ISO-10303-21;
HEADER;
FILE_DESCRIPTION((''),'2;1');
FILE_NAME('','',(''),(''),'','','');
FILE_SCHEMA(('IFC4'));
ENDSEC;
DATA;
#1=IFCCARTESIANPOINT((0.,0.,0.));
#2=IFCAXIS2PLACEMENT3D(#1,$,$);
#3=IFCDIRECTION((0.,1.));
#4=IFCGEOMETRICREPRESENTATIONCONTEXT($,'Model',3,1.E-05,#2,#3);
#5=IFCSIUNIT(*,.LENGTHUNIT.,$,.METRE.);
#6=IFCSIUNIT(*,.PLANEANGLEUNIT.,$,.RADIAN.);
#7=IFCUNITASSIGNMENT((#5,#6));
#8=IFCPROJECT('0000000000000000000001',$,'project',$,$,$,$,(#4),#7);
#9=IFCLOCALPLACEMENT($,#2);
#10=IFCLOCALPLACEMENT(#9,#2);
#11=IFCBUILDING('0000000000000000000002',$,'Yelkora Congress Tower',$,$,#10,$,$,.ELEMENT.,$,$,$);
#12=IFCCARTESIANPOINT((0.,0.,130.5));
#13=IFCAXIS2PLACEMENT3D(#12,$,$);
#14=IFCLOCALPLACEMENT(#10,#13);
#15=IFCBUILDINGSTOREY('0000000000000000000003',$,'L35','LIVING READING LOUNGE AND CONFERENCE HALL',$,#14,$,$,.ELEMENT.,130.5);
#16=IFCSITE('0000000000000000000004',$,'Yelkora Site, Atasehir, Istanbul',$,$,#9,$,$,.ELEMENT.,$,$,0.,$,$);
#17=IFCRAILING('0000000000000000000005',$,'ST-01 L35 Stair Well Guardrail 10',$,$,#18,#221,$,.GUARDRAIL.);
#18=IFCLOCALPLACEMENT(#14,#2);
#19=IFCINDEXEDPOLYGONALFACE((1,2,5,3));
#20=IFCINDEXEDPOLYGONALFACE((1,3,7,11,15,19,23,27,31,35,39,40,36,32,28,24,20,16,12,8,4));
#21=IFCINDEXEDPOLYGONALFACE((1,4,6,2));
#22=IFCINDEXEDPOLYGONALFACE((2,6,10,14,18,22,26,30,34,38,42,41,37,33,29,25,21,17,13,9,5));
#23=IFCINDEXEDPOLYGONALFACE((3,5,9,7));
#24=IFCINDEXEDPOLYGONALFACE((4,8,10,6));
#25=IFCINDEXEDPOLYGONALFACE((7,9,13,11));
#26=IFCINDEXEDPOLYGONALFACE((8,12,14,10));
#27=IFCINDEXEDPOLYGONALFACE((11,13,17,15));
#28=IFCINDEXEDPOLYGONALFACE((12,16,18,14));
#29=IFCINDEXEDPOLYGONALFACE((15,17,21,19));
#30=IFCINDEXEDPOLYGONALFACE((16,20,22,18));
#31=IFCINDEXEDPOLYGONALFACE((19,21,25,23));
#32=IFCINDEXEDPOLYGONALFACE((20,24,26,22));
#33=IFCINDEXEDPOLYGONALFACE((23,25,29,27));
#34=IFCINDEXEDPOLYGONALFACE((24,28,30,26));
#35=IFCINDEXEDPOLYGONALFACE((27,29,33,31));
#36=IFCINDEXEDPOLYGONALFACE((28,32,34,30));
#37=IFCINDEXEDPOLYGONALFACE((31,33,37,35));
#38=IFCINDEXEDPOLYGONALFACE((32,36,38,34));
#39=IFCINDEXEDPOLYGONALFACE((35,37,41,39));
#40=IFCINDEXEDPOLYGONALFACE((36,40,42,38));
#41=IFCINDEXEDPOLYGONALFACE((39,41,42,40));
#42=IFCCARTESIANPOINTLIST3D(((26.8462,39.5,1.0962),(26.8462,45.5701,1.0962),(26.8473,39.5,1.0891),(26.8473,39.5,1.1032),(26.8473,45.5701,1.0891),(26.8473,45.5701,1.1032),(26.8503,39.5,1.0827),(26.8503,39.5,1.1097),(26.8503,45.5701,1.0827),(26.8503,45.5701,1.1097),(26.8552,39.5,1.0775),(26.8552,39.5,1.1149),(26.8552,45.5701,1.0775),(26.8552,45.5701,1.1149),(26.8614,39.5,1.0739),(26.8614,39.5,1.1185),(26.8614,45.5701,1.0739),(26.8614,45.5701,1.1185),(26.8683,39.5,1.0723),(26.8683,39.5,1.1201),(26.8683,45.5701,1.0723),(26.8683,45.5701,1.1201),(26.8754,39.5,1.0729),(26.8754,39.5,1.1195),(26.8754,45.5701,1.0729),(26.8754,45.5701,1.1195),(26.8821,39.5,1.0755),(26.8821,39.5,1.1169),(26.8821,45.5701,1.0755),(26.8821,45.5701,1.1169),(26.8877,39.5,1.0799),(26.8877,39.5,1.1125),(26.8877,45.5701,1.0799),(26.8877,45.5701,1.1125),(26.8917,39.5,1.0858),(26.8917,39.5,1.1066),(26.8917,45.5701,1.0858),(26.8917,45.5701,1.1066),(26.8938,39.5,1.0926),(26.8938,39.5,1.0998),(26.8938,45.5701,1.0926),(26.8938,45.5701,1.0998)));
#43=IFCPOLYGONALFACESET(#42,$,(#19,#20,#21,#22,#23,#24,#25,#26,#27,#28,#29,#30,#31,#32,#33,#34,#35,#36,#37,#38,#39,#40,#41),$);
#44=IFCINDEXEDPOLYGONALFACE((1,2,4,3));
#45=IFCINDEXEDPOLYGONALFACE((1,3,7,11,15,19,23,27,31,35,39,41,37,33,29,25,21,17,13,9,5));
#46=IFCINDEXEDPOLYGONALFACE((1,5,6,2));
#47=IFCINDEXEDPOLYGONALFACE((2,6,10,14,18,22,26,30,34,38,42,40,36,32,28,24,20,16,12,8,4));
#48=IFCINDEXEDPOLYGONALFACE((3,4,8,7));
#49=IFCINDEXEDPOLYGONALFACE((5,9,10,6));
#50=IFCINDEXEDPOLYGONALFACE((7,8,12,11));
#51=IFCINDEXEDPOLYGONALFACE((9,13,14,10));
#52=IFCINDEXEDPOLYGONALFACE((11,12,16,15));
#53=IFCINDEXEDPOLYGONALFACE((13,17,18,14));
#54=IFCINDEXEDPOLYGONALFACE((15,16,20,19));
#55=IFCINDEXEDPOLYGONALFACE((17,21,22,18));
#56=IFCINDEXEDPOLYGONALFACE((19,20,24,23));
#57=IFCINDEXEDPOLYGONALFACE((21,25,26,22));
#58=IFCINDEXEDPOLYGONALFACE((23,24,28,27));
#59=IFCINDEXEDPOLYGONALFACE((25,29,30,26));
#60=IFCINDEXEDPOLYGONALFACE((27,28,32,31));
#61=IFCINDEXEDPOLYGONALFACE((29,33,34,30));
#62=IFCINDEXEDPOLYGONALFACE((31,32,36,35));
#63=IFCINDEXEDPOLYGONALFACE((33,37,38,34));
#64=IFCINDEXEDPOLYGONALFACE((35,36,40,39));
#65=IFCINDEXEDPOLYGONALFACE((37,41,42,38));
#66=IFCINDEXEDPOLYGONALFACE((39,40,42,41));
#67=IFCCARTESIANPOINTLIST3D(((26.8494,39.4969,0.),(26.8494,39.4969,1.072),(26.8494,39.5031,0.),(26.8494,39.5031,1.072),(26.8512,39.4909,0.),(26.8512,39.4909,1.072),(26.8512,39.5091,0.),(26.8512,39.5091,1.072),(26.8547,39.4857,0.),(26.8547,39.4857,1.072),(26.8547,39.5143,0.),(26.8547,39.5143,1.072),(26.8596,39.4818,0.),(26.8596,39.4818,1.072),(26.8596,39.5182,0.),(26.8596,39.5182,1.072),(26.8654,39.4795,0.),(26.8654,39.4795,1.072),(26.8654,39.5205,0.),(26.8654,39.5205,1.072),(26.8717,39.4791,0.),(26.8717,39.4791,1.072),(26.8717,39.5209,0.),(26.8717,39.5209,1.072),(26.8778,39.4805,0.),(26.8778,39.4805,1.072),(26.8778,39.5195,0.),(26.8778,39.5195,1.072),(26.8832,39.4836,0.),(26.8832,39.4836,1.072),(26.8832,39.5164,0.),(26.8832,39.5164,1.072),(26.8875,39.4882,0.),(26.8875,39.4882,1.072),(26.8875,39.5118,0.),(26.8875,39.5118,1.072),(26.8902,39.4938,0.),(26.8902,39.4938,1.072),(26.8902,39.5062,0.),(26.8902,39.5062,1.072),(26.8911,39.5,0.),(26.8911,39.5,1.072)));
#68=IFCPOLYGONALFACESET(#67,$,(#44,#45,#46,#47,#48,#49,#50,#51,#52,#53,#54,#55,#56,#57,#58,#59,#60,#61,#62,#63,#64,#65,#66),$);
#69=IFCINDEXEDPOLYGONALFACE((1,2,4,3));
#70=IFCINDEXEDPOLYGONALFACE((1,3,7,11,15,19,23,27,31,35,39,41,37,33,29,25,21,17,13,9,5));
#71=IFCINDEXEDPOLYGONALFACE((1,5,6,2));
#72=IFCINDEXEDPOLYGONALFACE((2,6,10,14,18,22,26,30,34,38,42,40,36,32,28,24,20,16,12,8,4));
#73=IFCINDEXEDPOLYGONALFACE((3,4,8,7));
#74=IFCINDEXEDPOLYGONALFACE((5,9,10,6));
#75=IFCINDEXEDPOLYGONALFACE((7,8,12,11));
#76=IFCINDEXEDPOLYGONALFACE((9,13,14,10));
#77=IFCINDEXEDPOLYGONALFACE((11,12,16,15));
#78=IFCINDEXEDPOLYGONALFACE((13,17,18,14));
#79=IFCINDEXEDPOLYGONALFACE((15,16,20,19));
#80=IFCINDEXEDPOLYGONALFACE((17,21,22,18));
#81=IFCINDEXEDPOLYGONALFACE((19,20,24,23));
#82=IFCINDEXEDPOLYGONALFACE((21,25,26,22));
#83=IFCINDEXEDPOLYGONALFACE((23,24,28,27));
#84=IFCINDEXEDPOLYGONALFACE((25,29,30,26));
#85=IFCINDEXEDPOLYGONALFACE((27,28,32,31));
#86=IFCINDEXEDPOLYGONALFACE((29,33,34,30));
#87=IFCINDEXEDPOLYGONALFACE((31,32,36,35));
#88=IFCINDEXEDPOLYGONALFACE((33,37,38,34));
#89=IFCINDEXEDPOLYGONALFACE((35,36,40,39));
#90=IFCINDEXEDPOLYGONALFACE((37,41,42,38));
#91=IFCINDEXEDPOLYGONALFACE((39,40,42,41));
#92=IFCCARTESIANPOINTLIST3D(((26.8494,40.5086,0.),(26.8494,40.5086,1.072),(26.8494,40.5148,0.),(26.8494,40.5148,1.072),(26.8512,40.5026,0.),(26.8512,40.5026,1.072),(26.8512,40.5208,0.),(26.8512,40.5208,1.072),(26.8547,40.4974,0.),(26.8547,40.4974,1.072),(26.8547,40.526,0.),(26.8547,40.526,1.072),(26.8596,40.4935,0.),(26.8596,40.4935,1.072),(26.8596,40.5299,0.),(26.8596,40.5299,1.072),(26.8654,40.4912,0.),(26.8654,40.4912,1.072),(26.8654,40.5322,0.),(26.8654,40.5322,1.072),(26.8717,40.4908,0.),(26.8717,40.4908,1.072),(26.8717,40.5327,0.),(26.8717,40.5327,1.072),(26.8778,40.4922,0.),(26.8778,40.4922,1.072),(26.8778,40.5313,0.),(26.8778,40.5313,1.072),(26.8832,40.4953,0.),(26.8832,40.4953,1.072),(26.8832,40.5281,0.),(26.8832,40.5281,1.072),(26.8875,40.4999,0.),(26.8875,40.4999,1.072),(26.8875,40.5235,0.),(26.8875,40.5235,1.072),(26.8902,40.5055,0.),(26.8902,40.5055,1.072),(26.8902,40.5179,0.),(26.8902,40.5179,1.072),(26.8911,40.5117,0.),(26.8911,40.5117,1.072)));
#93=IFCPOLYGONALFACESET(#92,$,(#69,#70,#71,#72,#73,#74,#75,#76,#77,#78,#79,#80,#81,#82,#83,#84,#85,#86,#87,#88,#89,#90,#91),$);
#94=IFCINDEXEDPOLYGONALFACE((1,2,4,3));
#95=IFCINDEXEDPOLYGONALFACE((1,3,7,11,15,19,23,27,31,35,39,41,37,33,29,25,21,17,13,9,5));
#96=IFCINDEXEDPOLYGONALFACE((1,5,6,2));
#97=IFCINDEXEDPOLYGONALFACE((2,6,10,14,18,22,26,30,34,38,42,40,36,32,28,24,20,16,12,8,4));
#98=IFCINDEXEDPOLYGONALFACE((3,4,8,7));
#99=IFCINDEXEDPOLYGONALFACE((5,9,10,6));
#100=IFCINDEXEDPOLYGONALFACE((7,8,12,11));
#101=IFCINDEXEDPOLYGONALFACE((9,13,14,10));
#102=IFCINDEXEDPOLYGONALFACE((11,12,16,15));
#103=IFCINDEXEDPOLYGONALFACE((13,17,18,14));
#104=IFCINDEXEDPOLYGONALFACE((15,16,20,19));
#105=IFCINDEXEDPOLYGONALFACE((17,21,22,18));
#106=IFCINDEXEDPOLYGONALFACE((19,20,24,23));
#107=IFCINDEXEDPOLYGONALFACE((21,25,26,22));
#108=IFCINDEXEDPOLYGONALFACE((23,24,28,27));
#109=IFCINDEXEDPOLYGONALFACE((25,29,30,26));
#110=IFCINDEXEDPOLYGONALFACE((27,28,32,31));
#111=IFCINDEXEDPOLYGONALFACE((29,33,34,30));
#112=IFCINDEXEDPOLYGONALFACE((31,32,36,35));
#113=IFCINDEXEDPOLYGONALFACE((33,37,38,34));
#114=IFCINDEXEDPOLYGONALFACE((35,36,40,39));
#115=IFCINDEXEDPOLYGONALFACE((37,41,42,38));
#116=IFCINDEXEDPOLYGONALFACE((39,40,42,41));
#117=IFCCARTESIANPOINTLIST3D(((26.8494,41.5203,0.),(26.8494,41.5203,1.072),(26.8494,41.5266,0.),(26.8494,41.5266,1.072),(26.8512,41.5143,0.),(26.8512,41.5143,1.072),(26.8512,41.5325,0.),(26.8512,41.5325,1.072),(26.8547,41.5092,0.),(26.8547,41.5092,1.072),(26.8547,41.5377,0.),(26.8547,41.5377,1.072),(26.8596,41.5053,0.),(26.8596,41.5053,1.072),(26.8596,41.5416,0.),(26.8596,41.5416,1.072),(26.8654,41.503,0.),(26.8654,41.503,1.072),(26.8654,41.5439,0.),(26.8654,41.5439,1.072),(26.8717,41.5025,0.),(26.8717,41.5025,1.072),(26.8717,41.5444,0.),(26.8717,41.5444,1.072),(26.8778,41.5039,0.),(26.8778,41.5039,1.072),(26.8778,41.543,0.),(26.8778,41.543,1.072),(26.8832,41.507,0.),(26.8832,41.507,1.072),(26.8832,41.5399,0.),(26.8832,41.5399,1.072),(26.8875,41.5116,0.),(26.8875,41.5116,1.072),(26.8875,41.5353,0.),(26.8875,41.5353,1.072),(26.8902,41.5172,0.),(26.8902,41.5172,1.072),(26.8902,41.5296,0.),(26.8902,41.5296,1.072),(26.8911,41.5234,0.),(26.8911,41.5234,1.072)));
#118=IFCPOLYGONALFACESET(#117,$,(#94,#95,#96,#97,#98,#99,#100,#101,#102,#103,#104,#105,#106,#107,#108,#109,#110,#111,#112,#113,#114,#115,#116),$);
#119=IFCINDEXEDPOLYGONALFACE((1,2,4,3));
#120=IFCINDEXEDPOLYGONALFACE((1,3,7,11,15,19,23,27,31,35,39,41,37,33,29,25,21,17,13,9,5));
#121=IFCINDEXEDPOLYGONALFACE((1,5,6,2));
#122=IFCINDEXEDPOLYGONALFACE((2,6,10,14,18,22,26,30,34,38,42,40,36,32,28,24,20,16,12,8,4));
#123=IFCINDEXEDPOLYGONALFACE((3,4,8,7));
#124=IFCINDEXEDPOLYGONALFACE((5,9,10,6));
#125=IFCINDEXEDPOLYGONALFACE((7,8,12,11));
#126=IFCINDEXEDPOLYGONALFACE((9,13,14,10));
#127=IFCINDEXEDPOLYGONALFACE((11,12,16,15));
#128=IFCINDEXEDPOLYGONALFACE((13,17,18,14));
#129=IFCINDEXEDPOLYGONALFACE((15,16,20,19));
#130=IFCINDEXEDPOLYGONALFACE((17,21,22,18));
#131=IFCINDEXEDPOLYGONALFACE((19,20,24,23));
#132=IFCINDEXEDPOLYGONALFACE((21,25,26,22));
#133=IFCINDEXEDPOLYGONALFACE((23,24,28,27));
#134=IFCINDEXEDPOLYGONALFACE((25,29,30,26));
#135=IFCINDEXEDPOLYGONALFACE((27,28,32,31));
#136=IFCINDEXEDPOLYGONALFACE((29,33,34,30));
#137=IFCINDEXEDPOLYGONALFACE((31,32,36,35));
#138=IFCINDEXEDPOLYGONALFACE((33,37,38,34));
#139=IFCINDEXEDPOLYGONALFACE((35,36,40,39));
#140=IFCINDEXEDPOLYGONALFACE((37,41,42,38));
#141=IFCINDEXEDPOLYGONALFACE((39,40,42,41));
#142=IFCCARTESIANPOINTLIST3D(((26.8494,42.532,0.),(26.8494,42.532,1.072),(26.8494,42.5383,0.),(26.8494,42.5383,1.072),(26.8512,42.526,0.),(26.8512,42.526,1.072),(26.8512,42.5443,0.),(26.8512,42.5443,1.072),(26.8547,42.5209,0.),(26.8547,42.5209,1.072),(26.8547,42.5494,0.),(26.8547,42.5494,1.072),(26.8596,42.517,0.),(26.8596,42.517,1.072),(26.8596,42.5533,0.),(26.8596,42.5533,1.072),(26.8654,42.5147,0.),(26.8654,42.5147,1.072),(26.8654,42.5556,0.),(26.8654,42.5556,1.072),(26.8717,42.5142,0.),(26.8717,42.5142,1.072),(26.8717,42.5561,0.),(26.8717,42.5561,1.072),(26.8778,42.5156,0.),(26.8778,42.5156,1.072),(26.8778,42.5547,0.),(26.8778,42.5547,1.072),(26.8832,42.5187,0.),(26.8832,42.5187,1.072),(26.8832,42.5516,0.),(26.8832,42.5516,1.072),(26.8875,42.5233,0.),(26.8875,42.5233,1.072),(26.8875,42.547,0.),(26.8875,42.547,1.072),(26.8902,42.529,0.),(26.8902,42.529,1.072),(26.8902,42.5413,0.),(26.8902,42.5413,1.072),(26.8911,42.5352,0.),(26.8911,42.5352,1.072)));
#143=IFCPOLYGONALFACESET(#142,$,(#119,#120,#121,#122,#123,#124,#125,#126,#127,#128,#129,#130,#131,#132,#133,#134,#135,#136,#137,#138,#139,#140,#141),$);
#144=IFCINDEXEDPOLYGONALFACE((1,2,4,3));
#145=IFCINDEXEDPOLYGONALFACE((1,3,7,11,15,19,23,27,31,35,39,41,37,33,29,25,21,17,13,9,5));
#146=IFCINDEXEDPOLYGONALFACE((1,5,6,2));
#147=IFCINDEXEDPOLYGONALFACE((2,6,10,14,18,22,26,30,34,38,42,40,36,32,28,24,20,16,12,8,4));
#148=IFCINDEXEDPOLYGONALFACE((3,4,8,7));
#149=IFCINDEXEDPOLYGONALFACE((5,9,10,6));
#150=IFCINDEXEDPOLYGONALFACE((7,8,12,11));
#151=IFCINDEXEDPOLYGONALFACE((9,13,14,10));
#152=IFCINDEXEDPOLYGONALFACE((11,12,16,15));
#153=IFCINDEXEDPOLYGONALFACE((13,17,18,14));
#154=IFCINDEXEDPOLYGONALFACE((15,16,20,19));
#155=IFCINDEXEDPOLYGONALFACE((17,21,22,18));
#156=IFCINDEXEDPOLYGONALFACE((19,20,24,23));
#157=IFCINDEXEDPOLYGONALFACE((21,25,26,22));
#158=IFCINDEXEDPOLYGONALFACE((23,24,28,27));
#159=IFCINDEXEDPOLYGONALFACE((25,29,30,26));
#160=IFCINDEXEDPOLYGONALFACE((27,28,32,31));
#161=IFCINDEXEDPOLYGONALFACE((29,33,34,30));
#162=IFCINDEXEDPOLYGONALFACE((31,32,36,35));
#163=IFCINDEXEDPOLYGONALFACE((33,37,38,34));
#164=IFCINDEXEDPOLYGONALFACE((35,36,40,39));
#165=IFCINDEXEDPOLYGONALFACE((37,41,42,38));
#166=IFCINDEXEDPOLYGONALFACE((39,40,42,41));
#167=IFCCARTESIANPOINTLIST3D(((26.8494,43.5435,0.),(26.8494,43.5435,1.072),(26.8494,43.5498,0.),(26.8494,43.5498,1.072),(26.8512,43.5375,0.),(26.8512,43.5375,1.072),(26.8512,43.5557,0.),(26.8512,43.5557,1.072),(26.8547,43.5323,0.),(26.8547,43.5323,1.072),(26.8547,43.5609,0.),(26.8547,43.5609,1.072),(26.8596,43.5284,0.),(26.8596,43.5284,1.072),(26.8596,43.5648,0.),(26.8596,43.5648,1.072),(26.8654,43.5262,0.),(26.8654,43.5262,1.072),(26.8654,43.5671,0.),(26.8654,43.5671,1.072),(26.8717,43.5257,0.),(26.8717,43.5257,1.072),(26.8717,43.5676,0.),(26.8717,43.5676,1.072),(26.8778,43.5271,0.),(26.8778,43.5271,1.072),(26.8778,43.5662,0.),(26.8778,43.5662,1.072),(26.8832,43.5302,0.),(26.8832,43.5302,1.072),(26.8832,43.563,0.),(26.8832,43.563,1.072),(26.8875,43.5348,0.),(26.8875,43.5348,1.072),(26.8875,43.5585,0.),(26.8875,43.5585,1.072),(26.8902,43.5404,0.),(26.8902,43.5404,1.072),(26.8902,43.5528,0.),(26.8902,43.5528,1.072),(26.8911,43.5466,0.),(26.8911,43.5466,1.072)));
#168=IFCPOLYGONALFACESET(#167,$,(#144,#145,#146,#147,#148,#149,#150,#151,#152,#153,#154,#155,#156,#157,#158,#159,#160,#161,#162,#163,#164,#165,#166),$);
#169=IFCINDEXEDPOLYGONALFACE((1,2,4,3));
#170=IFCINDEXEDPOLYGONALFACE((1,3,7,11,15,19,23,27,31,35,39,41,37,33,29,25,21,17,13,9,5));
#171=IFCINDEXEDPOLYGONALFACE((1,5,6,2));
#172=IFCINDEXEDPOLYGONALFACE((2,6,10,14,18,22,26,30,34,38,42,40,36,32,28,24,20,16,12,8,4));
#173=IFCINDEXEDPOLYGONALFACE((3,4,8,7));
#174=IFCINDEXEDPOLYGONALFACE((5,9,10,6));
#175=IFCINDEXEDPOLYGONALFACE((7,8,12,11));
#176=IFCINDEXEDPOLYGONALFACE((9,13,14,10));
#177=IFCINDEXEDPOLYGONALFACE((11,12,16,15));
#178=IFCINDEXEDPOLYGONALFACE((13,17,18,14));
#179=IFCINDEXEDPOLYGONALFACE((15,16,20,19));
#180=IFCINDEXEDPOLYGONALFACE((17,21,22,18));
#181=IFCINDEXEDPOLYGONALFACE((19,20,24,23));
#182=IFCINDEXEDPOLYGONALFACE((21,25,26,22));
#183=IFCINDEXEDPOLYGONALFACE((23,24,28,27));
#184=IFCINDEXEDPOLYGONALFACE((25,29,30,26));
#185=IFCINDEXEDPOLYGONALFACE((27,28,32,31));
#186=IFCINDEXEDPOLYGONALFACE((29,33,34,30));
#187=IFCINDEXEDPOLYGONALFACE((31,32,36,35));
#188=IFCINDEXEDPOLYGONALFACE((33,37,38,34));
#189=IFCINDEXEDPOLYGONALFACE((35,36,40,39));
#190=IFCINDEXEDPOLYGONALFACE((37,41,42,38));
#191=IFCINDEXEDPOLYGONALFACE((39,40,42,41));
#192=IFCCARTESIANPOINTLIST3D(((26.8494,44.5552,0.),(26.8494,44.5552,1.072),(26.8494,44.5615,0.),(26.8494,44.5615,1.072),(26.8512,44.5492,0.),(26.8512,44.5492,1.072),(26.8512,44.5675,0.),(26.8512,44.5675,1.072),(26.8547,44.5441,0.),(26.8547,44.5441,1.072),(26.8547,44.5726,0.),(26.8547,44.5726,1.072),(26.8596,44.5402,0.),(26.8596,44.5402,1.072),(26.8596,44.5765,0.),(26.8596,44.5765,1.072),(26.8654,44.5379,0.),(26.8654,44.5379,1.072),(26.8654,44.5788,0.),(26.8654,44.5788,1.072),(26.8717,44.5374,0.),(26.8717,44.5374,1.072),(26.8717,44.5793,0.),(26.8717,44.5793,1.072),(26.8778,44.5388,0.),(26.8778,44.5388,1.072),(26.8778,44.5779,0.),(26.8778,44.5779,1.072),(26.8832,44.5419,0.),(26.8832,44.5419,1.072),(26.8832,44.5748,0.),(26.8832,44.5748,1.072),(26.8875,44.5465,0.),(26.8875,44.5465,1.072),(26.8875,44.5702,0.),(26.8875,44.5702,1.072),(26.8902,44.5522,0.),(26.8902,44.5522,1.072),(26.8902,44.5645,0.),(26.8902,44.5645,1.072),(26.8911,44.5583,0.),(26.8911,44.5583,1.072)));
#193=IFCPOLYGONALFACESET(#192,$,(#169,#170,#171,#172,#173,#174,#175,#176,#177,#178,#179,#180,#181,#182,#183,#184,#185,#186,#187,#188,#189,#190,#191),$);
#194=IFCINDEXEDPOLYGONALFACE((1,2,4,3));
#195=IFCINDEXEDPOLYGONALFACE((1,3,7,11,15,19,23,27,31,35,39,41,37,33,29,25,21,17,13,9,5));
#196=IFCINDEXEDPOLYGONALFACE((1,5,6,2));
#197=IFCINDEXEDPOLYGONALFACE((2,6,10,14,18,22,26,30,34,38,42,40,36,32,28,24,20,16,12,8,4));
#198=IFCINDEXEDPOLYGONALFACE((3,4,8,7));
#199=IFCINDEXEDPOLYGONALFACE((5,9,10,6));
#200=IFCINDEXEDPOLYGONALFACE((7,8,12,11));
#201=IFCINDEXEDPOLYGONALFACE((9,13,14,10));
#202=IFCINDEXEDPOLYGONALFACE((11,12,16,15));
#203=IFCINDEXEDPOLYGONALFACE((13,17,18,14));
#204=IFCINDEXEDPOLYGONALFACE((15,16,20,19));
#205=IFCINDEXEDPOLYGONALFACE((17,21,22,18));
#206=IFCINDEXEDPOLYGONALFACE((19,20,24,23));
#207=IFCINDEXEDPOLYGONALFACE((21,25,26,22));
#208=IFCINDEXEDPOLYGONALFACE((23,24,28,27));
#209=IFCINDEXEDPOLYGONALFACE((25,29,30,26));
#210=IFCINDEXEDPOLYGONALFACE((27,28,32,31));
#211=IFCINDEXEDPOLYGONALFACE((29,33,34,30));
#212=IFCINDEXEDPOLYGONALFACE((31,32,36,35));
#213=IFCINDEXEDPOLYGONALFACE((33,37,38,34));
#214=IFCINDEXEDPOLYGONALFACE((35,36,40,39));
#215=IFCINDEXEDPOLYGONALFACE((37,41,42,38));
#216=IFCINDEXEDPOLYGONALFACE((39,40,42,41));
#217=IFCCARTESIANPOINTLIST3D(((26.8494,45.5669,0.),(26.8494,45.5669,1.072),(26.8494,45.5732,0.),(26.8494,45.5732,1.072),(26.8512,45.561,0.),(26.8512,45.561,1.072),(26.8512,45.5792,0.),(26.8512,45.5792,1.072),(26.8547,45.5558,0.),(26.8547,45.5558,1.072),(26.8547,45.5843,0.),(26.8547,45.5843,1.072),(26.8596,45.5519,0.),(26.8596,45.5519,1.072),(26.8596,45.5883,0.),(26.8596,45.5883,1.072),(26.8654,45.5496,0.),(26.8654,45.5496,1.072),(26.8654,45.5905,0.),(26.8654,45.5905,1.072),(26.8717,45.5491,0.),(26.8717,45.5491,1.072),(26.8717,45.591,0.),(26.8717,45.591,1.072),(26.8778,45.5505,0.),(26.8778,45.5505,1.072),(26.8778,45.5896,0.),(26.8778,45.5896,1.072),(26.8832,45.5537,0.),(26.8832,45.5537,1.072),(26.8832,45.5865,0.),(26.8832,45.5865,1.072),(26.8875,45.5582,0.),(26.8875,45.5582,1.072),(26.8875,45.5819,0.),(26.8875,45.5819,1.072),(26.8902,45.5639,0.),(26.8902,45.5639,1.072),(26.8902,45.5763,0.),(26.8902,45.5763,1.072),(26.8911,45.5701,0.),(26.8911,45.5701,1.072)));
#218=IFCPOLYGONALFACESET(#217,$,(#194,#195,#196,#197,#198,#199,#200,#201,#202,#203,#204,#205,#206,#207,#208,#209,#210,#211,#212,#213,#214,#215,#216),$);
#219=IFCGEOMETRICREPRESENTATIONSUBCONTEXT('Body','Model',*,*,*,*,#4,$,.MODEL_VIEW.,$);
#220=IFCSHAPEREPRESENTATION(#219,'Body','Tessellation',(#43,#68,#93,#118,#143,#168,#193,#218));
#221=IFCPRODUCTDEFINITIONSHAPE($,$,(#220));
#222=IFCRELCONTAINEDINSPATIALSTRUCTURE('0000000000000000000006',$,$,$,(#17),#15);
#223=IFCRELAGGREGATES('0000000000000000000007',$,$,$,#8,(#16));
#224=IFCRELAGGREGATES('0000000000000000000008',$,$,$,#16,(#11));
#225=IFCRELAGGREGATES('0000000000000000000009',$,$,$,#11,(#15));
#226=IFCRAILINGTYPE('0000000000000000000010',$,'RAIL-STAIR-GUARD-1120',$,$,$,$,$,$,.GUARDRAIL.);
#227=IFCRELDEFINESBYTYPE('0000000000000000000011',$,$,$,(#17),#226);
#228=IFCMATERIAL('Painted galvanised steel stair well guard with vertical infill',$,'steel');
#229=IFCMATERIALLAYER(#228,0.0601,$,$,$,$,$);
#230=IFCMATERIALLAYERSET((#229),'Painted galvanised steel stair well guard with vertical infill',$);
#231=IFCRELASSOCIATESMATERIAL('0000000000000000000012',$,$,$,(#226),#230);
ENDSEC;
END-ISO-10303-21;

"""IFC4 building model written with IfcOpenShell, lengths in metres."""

from ifc_helpers import new_model, si_unit, direction, frame, origin, origin_2d, place, context, subcontext, project, spatial, circle, extrude, material, layer, layer_set, type_object, element, save


model = new_model("IFC4")

# Units and contexts
model_context = context("Model", 3, precision=1e-05, world=origin(), true_north=direction((0.0, 1.0)))
body_context = subcontext(model_context, "Body", "Model", "MODEL_VIEW")
ifc_project = project(units=[si_unit("LENGTHUNIT", "METRE"), si_unit("PLANEANGLEUNIT", "RADIAN")], contexts=[model_context])

# Site, building, storey
site_placement = place(None, origin())
site = spatial("IfcSite", under=ifc_project, at=site_placement, Name="Yelkora Site, Atasehir, Istanbul", CompositionType="ELEMENT", RefElevation=0.0)
building_placement = place(site_placement, origin())
building = spatial("IfcBuilding", under=site, at=building_placement, Name="Yelkora Congress Tower", CompositionType="ELEMENT")
storey_placement = place(building_placement, frame((0.0, 0.0, 130.5)))
storey = spatial("IfcBuildingStorey", under=building, at=storey_placement, Name="L35", Description="LIVING READING LOUNGE AND CONFERENCE HALL", CompositionType="ELEMENT", Elevation=130.5)

# Railing
ifc_material_1 = material(Name="Painted galvanised steel stair well guard with vertical infill", Category="steel")
ifc_layer_1 = layer(ifc_material_1, 0.0601)
ifc_layer_set_1 = layer_set([ifc_layer_1], Name="Painted galvanised steel stair well guard with vertical infill")
railing_type_1 = type_object("IfcRailingType", Name="RAIL-STAIR-GUARD-1120", PredefinedType="GUARDRAIL", material=ifc_layer_set_1)
railing_1_placement = place(storey_placement, frame((26.8701, 39.5, 0.0)))
element("IfcRailing", 1, at=railing_1_placement, inside=storey, type_object=railing_type_1, Name="ST-01 L35 Stair Well Guardrail 10", PredefinedType="GUARDRAIL", context=body_context, shape_type="SweptSolid", body=[
    extrude(circle(Radius=0.0239, at=origin_2d()), frame((0.0, 0.0, 1.0962), z_axis=(0.0, 1.0, 0.0), x_axis=(-1.0, 0.0, 0.0)), (0.0, 0.0, 1.0), 6.0701),
    extrude(circle(Radius=0.021, at=origin_2d()), origin(), (0.0, 0.0, 1.0), 1.072),
    extrude(circle(Radius=0.021, at=origin_2d()), frame((0.0, 1.0117, 0.0)), (0.0, 0.0, 1.0), 1.072),
    extrude(circle(Radius=0.021, at=origin_2d()), frame((0.0, 2.0234, 0.0)), (0.0, 0.0, 1.0), 1.072),
    extrude(circle(Radius=0.021, at=origin_2d()), frame((0.0, 3.0352, 0.0)), (0.0, 0.0, 1.0), 1.072),
    extrude(circle(Radius=0.021, at=origin_2d()), frame((0.0, 4.0466, 0.0)), (0.0, 0.0, 1.0), 1.072),
    extrude(circle(Radius=0.021, at=origin_2d()), frame((0.0, 5.0583, 0.0)), (0.0, 0.0, 1.0), 1.072),
    extrude(circle(Radius=0.021, at=origin_2d()), frame((0.0, 6.0701, 0.0)), (0.0, 0.0, 1.0), 1.072),
])

save(model, "model.ifc")
